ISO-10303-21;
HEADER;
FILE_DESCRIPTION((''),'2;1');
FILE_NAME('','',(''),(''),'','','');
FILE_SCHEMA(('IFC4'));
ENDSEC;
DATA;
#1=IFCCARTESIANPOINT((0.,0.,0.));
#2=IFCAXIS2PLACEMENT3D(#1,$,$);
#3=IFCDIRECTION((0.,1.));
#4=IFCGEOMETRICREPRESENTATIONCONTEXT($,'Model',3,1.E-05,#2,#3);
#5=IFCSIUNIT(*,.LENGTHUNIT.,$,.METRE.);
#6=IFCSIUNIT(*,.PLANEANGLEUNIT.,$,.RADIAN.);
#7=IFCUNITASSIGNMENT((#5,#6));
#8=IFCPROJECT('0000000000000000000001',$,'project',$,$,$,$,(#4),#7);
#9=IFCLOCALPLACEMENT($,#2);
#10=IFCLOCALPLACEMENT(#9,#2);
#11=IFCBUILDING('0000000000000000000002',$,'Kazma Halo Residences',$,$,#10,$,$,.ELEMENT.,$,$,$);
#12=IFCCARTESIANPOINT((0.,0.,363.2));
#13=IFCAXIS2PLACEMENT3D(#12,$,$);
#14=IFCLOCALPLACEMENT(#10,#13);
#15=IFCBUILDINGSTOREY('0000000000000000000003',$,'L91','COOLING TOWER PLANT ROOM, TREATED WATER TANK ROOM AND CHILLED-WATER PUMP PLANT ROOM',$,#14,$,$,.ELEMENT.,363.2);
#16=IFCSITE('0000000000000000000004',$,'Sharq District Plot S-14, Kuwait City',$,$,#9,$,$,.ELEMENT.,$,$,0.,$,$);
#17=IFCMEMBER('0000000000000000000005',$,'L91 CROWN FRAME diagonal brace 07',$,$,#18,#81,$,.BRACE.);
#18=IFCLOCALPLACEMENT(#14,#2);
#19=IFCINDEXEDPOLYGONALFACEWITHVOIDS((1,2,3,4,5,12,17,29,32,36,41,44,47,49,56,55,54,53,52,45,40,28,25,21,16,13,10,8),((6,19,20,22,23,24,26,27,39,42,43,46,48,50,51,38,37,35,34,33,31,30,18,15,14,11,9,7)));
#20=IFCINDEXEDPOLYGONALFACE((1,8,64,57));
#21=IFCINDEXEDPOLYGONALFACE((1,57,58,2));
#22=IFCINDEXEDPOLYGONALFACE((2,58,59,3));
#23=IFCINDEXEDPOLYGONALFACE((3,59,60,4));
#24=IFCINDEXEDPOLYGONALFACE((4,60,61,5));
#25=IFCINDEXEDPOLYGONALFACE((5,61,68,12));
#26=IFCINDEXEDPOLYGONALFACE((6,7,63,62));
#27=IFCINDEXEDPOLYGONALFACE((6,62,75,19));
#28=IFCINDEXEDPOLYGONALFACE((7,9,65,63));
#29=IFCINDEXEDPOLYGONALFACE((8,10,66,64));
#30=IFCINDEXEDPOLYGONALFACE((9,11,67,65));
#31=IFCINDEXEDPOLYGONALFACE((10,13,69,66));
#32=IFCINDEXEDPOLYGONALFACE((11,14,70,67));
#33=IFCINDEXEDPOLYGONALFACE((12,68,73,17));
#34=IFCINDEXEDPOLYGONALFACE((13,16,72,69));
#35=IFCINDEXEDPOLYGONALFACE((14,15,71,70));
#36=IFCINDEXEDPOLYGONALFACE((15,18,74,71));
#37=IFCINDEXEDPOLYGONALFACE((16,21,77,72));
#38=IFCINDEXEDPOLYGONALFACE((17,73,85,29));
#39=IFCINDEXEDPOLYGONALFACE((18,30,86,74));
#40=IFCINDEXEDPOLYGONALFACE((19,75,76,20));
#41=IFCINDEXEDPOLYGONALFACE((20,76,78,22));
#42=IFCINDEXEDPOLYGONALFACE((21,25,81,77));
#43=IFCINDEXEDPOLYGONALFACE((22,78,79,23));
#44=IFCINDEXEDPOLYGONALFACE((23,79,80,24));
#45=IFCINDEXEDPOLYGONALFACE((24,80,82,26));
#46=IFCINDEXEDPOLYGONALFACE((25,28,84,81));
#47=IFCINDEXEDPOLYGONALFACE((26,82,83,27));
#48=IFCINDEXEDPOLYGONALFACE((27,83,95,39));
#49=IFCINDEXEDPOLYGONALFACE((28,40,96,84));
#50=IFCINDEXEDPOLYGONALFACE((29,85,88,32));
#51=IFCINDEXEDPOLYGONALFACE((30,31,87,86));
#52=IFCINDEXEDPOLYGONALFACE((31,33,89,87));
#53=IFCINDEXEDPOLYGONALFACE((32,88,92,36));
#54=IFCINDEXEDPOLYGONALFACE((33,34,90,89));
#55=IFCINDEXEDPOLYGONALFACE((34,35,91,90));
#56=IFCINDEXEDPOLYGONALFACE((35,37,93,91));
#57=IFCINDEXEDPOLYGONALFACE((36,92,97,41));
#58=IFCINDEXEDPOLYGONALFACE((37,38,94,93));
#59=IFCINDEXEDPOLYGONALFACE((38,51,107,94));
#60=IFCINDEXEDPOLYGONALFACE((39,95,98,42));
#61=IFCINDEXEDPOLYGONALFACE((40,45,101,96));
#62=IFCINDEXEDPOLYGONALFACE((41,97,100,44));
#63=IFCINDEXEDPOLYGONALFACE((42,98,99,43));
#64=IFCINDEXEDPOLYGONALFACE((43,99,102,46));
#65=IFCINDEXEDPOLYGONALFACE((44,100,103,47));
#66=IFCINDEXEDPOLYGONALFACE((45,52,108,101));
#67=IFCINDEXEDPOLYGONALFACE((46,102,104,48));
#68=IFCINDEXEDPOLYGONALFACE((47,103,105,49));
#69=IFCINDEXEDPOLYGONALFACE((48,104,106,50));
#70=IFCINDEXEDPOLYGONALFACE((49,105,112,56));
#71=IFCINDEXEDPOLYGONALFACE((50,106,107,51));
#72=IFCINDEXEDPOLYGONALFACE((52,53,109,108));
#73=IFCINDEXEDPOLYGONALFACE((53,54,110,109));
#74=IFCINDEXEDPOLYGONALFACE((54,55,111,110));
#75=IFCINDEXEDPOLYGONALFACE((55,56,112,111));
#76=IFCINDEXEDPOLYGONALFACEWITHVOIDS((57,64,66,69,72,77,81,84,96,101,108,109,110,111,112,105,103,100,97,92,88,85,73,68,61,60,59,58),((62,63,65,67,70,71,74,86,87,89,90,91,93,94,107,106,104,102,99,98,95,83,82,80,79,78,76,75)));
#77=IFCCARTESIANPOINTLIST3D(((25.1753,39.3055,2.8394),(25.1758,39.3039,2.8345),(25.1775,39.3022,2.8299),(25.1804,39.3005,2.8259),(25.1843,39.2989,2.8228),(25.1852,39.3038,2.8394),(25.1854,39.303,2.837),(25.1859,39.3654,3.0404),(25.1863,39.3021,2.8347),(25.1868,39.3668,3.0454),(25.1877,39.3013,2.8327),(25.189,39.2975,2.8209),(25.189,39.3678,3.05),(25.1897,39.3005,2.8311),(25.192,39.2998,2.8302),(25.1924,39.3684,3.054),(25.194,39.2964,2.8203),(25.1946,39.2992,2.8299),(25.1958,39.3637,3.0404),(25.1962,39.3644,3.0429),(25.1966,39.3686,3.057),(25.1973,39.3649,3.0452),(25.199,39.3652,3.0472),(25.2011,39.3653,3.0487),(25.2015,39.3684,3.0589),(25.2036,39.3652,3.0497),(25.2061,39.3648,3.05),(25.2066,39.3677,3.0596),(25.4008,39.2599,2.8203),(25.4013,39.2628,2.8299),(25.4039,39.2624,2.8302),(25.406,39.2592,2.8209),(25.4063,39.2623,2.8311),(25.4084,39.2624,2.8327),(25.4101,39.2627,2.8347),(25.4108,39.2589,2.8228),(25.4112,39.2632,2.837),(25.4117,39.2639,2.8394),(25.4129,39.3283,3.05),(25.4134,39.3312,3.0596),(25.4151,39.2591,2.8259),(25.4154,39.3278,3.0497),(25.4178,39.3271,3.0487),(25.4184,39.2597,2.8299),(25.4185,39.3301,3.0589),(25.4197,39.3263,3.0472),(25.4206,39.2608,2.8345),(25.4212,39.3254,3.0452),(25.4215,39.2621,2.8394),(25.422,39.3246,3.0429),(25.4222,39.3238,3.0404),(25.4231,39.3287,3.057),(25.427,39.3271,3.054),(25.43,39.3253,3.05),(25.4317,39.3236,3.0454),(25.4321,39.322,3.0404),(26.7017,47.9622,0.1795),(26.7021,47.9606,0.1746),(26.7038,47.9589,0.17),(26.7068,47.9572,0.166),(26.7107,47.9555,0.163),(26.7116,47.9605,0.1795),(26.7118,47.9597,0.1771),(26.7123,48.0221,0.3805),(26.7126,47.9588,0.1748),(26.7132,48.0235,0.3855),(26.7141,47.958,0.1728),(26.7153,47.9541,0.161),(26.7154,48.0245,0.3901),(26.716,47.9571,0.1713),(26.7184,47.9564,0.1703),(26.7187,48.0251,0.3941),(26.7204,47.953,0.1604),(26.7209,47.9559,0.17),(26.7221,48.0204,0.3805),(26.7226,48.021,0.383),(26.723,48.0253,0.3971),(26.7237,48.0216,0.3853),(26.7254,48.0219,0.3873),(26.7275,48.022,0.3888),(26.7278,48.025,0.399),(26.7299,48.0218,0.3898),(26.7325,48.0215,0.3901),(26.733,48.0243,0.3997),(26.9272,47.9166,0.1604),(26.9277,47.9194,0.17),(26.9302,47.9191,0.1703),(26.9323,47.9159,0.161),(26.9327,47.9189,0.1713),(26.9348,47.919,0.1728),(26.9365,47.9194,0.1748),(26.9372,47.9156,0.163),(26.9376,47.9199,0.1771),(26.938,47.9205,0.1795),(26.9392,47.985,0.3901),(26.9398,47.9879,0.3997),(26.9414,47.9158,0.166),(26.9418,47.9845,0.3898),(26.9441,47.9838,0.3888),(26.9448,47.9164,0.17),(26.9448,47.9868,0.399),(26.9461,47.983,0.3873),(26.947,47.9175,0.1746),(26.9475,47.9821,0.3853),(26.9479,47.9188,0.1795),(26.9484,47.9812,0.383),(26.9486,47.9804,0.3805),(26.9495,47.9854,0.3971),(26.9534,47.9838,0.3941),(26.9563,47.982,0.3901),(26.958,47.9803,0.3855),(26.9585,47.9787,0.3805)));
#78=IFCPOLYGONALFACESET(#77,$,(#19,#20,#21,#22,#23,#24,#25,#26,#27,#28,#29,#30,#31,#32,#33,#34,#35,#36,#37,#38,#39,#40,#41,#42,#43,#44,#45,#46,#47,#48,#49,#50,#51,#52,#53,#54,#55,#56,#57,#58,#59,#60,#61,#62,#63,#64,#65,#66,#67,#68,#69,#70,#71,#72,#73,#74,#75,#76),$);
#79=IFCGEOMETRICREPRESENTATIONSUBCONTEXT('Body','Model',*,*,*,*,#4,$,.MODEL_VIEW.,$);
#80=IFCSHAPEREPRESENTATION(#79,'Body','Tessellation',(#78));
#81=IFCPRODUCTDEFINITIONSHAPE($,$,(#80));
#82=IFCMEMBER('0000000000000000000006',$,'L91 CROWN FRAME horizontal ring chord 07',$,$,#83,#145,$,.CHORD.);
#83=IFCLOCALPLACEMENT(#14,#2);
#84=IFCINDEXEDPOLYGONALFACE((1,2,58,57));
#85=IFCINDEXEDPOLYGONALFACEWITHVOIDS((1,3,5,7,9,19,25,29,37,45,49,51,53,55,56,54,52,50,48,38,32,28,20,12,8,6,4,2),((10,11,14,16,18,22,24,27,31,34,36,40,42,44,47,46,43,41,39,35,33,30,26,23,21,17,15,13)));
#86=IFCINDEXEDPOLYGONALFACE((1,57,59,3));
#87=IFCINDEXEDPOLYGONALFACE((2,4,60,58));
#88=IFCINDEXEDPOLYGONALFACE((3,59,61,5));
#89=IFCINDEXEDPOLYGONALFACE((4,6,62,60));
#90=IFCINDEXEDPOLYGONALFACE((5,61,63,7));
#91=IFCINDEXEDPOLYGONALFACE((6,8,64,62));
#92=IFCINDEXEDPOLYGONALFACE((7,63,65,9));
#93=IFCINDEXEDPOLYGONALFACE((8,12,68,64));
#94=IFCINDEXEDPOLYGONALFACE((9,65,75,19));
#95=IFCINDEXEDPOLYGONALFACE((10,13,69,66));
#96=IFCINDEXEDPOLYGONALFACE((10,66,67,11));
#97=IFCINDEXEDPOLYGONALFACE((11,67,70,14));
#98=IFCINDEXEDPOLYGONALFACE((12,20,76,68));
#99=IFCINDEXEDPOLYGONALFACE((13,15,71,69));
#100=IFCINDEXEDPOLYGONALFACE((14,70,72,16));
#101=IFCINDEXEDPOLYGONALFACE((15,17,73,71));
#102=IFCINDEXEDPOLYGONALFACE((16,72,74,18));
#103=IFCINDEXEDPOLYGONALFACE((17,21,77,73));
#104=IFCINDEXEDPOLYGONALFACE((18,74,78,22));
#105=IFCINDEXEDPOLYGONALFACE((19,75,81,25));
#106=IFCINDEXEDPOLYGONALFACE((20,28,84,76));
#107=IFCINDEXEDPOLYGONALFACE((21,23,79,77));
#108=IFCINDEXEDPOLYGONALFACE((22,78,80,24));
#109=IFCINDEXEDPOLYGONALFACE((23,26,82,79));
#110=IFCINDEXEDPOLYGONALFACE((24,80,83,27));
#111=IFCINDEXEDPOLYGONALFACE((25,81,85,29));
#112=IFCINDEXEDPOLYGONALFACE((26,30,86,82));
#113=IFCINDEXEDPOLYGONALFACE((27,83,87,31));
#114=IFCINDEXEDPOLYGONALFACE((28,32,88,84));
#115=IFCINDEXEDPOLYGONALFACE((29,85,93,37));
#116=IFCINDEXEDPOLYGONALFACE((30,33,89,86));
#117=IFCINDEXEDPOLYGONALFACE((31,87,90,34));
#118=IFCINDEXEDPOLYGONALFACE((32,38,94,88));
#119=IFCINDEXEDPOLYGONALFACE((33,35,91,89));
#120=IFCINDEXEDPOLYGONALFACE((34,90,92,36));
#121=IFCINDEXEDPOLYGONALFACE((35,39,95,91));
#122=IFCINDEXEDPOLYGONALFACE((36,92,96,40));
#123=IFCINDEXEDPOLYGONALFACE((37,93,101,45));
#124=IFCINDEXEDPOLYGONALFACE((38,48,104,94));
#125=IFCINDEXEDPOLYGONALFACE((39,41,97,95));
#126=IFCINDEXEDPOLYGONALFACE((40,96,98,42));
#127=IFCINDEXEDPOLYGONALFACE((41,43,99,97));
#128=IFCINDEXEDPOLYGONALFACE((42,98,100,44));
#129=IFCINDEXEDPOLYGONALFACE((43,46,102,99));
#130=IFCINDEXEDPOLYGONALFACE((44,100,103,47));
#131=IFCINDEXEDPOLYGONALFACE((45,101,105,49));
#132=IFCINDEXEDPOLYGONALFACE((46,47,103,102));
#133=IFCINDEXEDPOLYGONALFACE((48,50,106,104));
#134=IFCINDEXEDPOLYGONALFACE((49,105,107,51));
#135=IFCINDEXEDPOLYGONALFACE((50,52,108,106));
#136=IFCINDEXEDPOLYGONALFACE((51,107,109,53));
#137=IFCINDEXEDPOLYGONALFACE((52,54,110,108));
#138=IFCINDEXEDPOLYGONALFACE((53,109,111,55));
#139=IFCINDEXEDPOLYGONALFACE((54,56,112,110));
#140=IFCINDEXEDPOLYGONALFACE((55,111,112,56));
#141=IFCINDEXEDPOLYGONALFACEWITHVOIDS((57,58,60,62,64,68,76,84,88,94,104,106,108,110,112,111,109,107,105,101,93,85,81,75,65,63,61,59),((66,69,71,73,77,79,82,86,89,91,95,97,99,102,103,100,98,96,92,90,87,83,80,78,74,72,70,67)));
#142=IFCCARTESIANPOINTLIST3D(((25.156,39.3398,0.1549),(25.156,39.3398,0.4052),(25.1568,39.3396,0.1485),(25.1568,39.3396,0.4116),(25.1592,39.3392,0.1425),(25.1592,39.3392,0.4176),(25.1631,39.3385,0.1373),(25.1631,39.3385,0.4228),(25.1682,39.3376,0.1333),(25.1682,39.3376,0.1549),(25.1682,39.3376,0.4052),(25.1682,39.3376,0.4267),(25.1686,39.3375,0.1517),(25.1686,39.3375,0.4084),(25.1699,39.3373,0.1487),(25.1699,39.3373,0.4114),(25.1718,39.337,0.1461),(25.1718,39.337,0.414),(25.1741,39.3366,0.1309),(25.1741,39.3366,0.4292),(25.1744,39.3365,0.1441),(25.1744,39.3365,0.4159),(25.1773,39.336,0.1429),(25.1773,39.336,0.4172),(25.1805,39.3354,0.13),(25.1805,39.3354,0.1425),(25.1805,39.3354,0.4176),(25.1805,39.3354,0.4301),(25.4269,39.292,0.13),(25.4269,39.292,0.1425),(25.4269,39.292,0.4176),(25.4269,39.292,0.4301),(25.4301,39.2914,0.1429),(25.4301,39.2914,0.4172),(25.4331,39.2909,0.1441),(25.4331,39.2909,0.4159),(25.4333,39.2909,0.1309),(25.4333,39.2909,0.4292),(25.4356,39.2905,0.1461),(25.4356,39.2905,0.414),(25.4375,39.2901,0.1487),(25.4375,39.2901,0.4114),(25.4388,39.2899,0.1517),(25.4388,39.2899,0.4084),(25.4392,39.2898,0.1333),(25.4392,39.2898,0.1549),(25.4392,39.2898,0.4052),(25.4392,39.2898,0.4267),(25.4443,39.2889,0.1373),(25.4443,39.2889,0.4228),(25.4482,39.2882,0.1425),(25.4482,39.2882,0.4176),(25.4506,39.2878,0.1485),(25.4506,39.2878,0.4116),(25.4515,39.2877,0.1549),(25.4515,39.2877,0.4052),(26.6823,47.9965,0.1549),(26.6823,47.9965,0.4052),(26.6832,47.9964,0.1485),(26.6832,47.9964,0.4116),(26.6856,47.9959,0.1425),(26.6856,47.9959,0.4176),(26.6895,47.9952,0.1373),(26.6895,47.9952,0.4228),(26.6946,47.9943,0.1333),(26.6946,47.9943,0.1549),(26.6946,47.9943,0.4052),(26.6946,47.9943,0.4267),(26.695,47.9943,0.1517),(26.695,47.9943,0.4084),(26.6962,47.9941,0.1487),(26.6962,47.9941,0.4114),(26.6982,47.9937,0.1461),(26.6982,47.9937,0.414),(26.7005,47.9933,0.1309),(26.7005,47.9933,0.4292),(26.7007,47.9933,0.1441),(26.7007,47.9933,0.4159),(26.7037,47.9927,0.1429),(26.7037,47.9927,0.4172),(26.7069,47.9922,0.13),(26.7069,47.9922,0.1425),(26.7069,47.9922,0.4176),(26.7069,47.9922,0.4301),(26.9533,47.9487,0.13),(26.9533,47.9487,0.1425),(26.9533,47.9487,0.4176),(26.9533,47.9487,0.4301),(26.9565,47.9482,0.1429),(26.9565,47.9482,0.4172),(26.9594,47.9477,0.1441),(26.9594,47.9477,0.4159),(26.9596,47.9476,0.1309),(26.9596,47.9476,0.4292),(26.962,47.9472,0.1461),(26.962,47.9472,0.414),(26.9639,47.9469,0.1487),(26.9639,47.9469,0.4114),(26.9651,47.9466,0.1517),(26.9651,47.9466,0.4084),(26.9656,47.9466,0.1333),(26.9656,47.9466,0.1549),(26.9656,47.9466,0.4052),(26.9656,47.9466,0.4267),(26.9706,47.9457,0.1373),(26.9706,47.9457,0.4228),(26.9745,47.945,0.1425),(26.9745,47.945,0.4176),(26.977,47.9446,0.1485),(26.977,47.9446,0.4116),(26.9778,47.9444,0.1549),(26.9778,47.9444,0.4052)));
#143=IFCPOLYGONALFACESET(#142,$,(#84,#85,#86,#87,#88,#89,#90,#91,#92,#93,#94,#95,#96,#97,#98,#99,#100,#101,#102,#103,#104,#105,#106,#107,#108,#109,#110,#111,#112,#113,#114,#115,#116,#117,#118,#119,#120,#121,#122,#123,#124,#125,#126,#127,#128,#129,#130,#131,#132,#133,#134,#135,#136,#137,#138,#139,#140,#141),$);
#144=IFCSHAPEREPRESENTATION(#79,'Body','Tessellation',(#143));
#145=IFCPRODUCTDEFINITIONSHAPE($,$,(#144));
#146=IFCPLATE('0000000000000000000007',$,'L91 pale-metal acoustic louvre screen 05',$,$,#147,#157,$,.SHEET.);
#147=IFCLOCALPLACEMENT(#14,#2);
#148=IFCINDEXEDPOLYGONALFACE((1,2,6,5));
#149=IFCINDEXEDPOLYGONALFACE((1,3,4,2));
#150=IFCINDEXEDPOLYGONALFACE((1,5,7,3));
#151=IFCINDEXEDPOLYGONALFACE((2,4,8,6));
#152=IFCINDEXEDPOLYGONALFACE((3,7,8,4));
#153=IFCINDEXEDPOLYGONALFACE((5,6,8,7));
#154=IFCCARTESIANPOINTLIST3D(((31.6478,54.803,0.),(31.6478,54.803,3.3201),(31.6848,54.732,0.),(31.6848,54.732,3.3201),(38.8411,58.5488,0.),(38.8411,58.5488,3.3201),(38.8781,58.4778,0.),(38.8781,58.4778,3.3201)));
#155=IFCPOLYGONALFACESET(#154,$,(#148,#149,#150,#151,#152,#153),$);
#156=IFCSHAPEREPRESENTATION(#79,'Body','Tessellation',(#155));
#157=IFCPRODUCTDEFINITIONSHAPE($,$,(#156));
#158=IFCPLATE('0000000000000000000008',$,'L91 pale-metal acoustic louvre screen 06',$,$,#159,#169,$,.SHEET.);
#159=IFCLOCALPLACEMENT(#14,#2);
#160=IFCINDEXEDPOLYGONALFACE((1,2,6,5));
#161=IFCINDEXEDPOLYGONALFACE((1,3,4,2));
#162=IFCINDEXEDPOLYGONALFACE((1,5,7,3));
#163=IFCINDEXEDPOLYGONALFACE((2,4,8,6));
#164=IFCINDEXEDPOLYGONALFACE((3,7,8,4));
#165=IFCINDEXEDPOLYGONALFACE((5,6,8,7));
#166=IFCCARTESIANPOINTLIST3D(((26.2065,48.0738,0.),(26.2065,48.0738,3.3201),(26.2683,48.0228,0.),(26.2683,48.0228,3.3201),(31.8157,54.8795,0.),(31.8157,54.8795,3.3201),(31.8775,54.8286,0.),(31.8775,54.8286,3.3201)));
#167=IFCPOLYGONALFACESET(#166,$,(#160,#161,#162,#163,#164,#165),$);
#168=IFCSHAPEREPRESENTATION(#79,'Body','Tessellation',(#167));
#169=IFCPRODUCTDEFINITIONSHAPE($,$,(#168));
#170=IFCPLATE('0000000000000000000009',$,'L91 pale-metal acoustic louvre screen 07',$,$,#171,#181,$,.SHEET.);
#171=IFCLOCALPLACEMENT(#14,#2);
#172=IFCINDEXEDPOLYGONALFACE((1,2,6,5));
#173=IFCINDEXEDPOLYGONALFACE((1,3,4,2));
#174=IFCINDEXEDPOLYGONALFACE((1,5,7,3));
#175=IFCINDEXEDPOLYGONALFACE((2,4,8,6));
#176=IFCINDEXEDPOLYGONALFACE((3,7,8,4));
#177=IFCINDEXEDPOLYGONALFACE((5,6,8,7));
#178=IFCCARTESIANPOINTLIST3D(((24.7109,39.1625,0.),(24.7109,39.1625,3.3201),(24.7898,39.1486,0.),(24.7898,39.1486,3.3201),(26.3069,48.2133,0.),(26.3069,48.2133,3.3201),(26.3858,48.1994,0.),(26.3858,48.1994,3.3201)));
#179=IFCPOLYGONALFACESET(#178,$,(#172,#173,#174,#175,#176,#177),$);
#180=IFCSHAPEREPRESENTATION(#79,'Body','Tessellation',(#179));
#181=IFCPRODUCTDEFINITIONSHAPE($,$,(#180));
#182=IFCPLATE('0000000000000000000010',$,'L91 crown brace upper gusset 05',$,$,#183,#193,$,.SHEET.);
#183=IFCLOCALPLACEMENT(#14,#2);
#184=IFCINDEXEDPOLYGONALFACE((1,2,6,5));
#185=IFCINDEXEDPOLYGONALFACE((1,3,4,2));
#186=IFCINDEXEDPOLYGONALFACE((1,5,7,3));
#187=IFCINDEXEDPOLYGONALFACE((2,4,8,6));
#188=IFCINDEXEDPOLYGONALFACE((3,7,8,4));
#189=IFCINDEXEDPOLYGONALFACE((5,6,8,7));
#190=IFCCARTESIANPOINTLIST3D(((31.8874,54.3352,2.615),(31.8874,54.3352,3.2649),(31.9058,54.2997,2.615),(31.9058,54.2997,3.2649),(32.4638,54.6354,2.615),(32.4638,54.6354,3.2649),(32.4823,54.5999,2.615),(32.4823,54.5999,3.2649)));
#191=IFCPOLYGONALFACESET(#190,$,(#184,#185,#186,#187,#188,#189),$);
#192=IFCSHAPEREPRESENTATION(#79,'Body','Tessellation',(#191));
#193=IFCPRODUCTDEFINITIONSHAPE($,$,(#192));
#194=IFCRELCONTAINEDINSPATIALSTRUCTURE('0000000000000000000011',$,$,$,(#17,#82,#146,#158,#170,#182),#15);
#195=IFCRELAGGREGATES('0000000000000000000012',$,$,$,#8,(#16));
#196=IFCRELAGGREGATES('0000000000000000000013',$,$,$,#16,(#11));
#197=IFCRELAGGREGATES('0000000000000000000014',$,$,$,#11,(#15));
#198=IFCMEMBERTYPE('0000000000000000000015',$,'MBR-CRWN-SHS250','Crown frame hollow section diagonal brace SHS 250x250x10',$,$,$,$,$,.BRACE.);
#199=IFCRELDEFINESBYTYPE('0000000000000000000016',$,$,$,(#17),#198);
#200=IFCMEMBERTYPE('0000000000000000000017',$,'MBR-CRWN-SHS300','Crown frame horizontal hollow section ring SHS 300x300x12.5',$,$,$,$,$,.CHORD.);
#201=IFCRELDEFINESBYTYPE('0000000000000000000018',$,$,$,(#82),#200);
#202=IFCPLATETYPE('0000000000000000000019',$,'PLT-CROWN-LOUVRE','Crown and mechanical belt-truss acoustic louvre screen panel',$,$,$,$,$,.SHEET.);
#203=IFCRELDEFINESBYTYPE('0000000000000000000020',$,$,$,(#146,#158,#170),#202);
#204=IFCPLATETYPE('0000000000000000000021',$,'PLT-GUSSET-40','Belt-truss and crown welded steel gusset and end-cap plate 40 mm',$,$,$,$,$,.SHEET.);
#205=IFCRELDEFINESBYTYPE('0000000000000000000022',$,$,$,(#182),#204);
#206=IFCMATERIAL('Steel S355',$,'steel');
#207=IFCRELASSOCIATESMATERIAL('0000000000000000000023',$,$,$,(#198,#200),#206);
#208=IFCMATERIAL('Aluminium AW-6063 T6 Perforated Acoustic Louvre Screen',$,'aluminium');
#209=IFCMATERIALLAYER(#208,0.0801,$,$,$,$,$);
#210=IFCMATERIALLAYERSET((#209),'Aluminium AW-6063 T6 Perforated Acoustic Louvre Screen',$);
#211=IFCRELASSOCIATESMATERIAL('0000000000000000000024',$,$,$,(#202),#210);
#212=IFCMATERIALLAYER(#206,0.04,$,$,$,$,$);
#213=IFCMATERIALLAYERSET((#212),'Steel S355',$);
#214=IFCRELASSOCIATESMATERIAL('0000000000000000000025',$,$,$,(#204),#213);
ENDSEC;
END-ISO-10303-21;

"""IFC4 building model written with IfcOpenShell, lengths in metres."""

from ifc_helpers import new_model, si_unit, direction, frame, origin, origin_2d, place, context, subcontext, project, spatial, rectangle, hollow_rectangle, extrude, material, layer, layer_set, material_profile, profile_set, type_object, element, save


model = new_model("IFC4")

# Units and contexts
model_context = context("Model", 3, precision=1e-05, world=origin(), true_north=direction((0.0, 1.0)))
body_context = subcontext(model_context, "Body", "Model", "MODEL_VIEW")
ifc_project = project(units=[si_unit("LENGTHUNIT", "METRE"), si_unit("PLANEANGLEUNIT", "RADIAN")], contexts=[model_context])

# Site, building, storey
site_placement = place(None, origin())
site = spatial("IfcSite", under=ifc_project, at=site_placement, Name="Sharq District Plot S-14, Kuwait City", CompositionType="ELEMENT", RefElevation=0.0)
building_placement = place(site_placement, origin())
building = spatial("IfcBuilding", under=site, at=building_placement, Name="Kazma Halo Residences", CompositionType="ELEMENT")
storey_placement = place(building_placement, frame((0.0, 0.0, 363.2)))
storey = spatial("IfcBuildingStorey", under=building, at=storey_placement, Name="L91", Description="COOLING TOWER PLANT ROOM, TREATED WATER TANK ROOM AND CHILLED-WATER PUMP PLANT ROOM", CompositionType="ELEMENT", Elevation=363.2)

# Shared definitions
ifc_material_1 = material(Name="Steel S355", Category="steel")

# Members
ifc_material_profile_1 = material_profile(ifc_material_1, hollow_rectangle(XDim=0.25, YDim=0.25, WallThickness=0.01, InnerFilletRadius=0.01, OuterFilletRadius=0.02, at=origin_2d()), Name="SHS250x250x10")
ifc_profile_set_1 = profile_set([ifc_material_profile_1], Name="Steel S355")
member_type_1 = type_object("IfcMemberType", Name="MBR-CRWN-SHS250", Description="Crown frame hollow section diagonal brace SHS 250x250x10", PredefinedType="BRACE", material=ifc_profile_set_1)
member_1_placement = place(storey_placement, frame((26.8301, 47.9705, 0.28), z_axis=(-0.1662, -0.942599, 0.289628), x_axis=(0.984809, -0.173643, 0.0)))
element("IfcMember", 1, at=member_1_placement, inside=storey, type_object=member_type_1, Name="L91 CROWN FRAME diagonal brace 07", PredefinedType="BRACE", context=body_context, shape_type="SweptSolid", body=[
    extrude(hollow_rectangle(XDim=0.25, YDim=0.25, WallThickness=0.01, InnerFilletRadius=0.01, OuterFilletRadius=0.02, at=origin_2d()), origin(), (0.0, 0.0, 1.0), 9.1838),
])
ifc_material_profile_2 = material_profile(ifc_material_1, hollow_rectangle(XDim=0.3, YDim=0.3, WallThickness=0.0125, InnerFilletRadius=0.0125, OuterFilletRadius=0.0249, at=origin_2d()), Name="SHS300x300x12.5")
ifc_profile_set_2 = profile_set([ifc_material_profile_2], Name="Steel S355")
member_type_2 = type_object("IfcMemberType", Name="MBR-CRWN-SHS300", Description="Crown frame horizontal hollow section ring SHS 300x300x12.5", PredefinedType="CHORD", material=ifc_profile_set_2)
member_2_placement = place(storey_placement, frame((26.8301, 47.9705, 0.28), z_axis=(-0.173643, -0.984809, 0.0), x_axis=(0.984809, -0.173643, 0.0)))
element("IfcMember", 2, at=member_2_placement, inside=storey, type_object=member_type_2, Name="L91 CROWN FRAME horizontal ring chord 07", PredefinedType="CHORD", context=body_context, shape_type="SweptSolid", body=[
    extrude(hollow_rectangle(XDim=0.3, YDim=0.3, WallThickness=0.0125, InnerFilletRadius=0.0125, OuterFilletRadius=0.0249, at=origin_2d()), origin(), (0.0, 0.0, 1.0), 8.7903),
])

# Plates
ifc_material_2 = material(Name="Aluminium AW-6063 T6 Perforated Acoustic Louvre Screen", Category="aluminium")
ifc_layer_1 = layer(ifc_material_2, 0.0801)
ifc_layer_set_1 = layer_set([ifc_layer_1], Name="Aluminium AW-6063 T6 Perforated Acoustic Louvre Screen")
plate_type_1 = type_object("IfcPlateType", Name="PLT-CROWN-LOUVRE", Description="Crown and mechanical belt-truss acoustic louvre screen panel", PredefinedType="SHEET", material=ifc_layer_set_1)
plate_1_placement = place(storey_placement, frame((35.2629, 56.6404, 0.0), z_axis=(0.0, 0.0, 1.0), x_axis=(-0.88695, -0.461866, 0.0)))
element("IfcPlate", 3, at=plate_1_placement, inside=storey, type_object=plate_type_1, Name="L91 pale-metal acoustic louvre screen 05", PredefinedType="SHEET", context=body_context, shape_type="SweptSolid", body=[
    extrude(rectangle(XDim=8.1101, YDim=0.0801, at=origin_2d()), origin(), (0.0, 0.0, 1.0), 3.3201),
])
plate_2_placement = place(storey_placement, frame((29.042, 51.4512, 0.0), z_axis=(0.0, 0.0, 1.0), x_axis=(-0.636008, -0.771683, 0.0)))
element("IfcPlate", 4, at=plate_2_placement, inside=storey, type_object=plate_type_1, Name="L91 pale-metal acoustic louvre screen 06", PredefinedType="SHEET", context=body_context, shape_type="SweptSolid", body=[
    extrude(rectangle(XDim=8.8193, YDim=0.0801, at=origin_2d()), origin(), (0.0, 0.0, 1.0), 3.3201),
])
plate_3_placement = place(storey_placement, frame((25.5483, 43.6809, 0.0), z_axis=(0.0, 0.0, 1.0), x_axis=(-0.173656, -0.984806, 0.0)))
element("IfcPlate", 5, at=plate_3_placement, inside=storey, type_object=plate_type_1, Name="L91 pale-metal acoustic louvre screen 07", PredefinedType="SHEET", context=body_context, shape_type="SweptSolid", body=[
    extrude(rectangle(XDim=9.1904, YDim=0.0801, at=origin_2d()), origin(), (0.0, 0.0, 1.0), 3.3201),
])
ifc_layer_2 = layer(ifc_material_1, 0.04)
ifc_layer_set_2 = layer_set([ifc_layer_2], Name="Steel S355")
plate_type_2 = type_object("IfcPlateType", Name="PLT-GUSSET-40", Description="Belt-truss and crown welded steel gusset and end-cap plate 40 mm", PredefinedType="SHEET", material=ifc_layer_set_2)
for number, where, z_axis, x_axis, name in (
    (6, (32.1848, 54.4675, 2.615), (0.0, 0.0, 1.0), (-0.88695, -0.461866, 0.0), "L91 crown brace upper gusset 05"),
):
    element("IfcPlate", number, at=place(storey_placement, frame(where, z_axis=z_axis, x_axis=x_axis)), inside=storey, type_object=plate_type_2, Name=name, PredefinedType="SHEET", context=body_context, shape_type="SweptSolid", body=[
        extrude(rectangle(XDim=0.6499, YDim=0.04, at=origin_2d()), origin(), (0.0, 0.0, 1.0), 0.6499),
    ])

save(model, "model.ifc")
